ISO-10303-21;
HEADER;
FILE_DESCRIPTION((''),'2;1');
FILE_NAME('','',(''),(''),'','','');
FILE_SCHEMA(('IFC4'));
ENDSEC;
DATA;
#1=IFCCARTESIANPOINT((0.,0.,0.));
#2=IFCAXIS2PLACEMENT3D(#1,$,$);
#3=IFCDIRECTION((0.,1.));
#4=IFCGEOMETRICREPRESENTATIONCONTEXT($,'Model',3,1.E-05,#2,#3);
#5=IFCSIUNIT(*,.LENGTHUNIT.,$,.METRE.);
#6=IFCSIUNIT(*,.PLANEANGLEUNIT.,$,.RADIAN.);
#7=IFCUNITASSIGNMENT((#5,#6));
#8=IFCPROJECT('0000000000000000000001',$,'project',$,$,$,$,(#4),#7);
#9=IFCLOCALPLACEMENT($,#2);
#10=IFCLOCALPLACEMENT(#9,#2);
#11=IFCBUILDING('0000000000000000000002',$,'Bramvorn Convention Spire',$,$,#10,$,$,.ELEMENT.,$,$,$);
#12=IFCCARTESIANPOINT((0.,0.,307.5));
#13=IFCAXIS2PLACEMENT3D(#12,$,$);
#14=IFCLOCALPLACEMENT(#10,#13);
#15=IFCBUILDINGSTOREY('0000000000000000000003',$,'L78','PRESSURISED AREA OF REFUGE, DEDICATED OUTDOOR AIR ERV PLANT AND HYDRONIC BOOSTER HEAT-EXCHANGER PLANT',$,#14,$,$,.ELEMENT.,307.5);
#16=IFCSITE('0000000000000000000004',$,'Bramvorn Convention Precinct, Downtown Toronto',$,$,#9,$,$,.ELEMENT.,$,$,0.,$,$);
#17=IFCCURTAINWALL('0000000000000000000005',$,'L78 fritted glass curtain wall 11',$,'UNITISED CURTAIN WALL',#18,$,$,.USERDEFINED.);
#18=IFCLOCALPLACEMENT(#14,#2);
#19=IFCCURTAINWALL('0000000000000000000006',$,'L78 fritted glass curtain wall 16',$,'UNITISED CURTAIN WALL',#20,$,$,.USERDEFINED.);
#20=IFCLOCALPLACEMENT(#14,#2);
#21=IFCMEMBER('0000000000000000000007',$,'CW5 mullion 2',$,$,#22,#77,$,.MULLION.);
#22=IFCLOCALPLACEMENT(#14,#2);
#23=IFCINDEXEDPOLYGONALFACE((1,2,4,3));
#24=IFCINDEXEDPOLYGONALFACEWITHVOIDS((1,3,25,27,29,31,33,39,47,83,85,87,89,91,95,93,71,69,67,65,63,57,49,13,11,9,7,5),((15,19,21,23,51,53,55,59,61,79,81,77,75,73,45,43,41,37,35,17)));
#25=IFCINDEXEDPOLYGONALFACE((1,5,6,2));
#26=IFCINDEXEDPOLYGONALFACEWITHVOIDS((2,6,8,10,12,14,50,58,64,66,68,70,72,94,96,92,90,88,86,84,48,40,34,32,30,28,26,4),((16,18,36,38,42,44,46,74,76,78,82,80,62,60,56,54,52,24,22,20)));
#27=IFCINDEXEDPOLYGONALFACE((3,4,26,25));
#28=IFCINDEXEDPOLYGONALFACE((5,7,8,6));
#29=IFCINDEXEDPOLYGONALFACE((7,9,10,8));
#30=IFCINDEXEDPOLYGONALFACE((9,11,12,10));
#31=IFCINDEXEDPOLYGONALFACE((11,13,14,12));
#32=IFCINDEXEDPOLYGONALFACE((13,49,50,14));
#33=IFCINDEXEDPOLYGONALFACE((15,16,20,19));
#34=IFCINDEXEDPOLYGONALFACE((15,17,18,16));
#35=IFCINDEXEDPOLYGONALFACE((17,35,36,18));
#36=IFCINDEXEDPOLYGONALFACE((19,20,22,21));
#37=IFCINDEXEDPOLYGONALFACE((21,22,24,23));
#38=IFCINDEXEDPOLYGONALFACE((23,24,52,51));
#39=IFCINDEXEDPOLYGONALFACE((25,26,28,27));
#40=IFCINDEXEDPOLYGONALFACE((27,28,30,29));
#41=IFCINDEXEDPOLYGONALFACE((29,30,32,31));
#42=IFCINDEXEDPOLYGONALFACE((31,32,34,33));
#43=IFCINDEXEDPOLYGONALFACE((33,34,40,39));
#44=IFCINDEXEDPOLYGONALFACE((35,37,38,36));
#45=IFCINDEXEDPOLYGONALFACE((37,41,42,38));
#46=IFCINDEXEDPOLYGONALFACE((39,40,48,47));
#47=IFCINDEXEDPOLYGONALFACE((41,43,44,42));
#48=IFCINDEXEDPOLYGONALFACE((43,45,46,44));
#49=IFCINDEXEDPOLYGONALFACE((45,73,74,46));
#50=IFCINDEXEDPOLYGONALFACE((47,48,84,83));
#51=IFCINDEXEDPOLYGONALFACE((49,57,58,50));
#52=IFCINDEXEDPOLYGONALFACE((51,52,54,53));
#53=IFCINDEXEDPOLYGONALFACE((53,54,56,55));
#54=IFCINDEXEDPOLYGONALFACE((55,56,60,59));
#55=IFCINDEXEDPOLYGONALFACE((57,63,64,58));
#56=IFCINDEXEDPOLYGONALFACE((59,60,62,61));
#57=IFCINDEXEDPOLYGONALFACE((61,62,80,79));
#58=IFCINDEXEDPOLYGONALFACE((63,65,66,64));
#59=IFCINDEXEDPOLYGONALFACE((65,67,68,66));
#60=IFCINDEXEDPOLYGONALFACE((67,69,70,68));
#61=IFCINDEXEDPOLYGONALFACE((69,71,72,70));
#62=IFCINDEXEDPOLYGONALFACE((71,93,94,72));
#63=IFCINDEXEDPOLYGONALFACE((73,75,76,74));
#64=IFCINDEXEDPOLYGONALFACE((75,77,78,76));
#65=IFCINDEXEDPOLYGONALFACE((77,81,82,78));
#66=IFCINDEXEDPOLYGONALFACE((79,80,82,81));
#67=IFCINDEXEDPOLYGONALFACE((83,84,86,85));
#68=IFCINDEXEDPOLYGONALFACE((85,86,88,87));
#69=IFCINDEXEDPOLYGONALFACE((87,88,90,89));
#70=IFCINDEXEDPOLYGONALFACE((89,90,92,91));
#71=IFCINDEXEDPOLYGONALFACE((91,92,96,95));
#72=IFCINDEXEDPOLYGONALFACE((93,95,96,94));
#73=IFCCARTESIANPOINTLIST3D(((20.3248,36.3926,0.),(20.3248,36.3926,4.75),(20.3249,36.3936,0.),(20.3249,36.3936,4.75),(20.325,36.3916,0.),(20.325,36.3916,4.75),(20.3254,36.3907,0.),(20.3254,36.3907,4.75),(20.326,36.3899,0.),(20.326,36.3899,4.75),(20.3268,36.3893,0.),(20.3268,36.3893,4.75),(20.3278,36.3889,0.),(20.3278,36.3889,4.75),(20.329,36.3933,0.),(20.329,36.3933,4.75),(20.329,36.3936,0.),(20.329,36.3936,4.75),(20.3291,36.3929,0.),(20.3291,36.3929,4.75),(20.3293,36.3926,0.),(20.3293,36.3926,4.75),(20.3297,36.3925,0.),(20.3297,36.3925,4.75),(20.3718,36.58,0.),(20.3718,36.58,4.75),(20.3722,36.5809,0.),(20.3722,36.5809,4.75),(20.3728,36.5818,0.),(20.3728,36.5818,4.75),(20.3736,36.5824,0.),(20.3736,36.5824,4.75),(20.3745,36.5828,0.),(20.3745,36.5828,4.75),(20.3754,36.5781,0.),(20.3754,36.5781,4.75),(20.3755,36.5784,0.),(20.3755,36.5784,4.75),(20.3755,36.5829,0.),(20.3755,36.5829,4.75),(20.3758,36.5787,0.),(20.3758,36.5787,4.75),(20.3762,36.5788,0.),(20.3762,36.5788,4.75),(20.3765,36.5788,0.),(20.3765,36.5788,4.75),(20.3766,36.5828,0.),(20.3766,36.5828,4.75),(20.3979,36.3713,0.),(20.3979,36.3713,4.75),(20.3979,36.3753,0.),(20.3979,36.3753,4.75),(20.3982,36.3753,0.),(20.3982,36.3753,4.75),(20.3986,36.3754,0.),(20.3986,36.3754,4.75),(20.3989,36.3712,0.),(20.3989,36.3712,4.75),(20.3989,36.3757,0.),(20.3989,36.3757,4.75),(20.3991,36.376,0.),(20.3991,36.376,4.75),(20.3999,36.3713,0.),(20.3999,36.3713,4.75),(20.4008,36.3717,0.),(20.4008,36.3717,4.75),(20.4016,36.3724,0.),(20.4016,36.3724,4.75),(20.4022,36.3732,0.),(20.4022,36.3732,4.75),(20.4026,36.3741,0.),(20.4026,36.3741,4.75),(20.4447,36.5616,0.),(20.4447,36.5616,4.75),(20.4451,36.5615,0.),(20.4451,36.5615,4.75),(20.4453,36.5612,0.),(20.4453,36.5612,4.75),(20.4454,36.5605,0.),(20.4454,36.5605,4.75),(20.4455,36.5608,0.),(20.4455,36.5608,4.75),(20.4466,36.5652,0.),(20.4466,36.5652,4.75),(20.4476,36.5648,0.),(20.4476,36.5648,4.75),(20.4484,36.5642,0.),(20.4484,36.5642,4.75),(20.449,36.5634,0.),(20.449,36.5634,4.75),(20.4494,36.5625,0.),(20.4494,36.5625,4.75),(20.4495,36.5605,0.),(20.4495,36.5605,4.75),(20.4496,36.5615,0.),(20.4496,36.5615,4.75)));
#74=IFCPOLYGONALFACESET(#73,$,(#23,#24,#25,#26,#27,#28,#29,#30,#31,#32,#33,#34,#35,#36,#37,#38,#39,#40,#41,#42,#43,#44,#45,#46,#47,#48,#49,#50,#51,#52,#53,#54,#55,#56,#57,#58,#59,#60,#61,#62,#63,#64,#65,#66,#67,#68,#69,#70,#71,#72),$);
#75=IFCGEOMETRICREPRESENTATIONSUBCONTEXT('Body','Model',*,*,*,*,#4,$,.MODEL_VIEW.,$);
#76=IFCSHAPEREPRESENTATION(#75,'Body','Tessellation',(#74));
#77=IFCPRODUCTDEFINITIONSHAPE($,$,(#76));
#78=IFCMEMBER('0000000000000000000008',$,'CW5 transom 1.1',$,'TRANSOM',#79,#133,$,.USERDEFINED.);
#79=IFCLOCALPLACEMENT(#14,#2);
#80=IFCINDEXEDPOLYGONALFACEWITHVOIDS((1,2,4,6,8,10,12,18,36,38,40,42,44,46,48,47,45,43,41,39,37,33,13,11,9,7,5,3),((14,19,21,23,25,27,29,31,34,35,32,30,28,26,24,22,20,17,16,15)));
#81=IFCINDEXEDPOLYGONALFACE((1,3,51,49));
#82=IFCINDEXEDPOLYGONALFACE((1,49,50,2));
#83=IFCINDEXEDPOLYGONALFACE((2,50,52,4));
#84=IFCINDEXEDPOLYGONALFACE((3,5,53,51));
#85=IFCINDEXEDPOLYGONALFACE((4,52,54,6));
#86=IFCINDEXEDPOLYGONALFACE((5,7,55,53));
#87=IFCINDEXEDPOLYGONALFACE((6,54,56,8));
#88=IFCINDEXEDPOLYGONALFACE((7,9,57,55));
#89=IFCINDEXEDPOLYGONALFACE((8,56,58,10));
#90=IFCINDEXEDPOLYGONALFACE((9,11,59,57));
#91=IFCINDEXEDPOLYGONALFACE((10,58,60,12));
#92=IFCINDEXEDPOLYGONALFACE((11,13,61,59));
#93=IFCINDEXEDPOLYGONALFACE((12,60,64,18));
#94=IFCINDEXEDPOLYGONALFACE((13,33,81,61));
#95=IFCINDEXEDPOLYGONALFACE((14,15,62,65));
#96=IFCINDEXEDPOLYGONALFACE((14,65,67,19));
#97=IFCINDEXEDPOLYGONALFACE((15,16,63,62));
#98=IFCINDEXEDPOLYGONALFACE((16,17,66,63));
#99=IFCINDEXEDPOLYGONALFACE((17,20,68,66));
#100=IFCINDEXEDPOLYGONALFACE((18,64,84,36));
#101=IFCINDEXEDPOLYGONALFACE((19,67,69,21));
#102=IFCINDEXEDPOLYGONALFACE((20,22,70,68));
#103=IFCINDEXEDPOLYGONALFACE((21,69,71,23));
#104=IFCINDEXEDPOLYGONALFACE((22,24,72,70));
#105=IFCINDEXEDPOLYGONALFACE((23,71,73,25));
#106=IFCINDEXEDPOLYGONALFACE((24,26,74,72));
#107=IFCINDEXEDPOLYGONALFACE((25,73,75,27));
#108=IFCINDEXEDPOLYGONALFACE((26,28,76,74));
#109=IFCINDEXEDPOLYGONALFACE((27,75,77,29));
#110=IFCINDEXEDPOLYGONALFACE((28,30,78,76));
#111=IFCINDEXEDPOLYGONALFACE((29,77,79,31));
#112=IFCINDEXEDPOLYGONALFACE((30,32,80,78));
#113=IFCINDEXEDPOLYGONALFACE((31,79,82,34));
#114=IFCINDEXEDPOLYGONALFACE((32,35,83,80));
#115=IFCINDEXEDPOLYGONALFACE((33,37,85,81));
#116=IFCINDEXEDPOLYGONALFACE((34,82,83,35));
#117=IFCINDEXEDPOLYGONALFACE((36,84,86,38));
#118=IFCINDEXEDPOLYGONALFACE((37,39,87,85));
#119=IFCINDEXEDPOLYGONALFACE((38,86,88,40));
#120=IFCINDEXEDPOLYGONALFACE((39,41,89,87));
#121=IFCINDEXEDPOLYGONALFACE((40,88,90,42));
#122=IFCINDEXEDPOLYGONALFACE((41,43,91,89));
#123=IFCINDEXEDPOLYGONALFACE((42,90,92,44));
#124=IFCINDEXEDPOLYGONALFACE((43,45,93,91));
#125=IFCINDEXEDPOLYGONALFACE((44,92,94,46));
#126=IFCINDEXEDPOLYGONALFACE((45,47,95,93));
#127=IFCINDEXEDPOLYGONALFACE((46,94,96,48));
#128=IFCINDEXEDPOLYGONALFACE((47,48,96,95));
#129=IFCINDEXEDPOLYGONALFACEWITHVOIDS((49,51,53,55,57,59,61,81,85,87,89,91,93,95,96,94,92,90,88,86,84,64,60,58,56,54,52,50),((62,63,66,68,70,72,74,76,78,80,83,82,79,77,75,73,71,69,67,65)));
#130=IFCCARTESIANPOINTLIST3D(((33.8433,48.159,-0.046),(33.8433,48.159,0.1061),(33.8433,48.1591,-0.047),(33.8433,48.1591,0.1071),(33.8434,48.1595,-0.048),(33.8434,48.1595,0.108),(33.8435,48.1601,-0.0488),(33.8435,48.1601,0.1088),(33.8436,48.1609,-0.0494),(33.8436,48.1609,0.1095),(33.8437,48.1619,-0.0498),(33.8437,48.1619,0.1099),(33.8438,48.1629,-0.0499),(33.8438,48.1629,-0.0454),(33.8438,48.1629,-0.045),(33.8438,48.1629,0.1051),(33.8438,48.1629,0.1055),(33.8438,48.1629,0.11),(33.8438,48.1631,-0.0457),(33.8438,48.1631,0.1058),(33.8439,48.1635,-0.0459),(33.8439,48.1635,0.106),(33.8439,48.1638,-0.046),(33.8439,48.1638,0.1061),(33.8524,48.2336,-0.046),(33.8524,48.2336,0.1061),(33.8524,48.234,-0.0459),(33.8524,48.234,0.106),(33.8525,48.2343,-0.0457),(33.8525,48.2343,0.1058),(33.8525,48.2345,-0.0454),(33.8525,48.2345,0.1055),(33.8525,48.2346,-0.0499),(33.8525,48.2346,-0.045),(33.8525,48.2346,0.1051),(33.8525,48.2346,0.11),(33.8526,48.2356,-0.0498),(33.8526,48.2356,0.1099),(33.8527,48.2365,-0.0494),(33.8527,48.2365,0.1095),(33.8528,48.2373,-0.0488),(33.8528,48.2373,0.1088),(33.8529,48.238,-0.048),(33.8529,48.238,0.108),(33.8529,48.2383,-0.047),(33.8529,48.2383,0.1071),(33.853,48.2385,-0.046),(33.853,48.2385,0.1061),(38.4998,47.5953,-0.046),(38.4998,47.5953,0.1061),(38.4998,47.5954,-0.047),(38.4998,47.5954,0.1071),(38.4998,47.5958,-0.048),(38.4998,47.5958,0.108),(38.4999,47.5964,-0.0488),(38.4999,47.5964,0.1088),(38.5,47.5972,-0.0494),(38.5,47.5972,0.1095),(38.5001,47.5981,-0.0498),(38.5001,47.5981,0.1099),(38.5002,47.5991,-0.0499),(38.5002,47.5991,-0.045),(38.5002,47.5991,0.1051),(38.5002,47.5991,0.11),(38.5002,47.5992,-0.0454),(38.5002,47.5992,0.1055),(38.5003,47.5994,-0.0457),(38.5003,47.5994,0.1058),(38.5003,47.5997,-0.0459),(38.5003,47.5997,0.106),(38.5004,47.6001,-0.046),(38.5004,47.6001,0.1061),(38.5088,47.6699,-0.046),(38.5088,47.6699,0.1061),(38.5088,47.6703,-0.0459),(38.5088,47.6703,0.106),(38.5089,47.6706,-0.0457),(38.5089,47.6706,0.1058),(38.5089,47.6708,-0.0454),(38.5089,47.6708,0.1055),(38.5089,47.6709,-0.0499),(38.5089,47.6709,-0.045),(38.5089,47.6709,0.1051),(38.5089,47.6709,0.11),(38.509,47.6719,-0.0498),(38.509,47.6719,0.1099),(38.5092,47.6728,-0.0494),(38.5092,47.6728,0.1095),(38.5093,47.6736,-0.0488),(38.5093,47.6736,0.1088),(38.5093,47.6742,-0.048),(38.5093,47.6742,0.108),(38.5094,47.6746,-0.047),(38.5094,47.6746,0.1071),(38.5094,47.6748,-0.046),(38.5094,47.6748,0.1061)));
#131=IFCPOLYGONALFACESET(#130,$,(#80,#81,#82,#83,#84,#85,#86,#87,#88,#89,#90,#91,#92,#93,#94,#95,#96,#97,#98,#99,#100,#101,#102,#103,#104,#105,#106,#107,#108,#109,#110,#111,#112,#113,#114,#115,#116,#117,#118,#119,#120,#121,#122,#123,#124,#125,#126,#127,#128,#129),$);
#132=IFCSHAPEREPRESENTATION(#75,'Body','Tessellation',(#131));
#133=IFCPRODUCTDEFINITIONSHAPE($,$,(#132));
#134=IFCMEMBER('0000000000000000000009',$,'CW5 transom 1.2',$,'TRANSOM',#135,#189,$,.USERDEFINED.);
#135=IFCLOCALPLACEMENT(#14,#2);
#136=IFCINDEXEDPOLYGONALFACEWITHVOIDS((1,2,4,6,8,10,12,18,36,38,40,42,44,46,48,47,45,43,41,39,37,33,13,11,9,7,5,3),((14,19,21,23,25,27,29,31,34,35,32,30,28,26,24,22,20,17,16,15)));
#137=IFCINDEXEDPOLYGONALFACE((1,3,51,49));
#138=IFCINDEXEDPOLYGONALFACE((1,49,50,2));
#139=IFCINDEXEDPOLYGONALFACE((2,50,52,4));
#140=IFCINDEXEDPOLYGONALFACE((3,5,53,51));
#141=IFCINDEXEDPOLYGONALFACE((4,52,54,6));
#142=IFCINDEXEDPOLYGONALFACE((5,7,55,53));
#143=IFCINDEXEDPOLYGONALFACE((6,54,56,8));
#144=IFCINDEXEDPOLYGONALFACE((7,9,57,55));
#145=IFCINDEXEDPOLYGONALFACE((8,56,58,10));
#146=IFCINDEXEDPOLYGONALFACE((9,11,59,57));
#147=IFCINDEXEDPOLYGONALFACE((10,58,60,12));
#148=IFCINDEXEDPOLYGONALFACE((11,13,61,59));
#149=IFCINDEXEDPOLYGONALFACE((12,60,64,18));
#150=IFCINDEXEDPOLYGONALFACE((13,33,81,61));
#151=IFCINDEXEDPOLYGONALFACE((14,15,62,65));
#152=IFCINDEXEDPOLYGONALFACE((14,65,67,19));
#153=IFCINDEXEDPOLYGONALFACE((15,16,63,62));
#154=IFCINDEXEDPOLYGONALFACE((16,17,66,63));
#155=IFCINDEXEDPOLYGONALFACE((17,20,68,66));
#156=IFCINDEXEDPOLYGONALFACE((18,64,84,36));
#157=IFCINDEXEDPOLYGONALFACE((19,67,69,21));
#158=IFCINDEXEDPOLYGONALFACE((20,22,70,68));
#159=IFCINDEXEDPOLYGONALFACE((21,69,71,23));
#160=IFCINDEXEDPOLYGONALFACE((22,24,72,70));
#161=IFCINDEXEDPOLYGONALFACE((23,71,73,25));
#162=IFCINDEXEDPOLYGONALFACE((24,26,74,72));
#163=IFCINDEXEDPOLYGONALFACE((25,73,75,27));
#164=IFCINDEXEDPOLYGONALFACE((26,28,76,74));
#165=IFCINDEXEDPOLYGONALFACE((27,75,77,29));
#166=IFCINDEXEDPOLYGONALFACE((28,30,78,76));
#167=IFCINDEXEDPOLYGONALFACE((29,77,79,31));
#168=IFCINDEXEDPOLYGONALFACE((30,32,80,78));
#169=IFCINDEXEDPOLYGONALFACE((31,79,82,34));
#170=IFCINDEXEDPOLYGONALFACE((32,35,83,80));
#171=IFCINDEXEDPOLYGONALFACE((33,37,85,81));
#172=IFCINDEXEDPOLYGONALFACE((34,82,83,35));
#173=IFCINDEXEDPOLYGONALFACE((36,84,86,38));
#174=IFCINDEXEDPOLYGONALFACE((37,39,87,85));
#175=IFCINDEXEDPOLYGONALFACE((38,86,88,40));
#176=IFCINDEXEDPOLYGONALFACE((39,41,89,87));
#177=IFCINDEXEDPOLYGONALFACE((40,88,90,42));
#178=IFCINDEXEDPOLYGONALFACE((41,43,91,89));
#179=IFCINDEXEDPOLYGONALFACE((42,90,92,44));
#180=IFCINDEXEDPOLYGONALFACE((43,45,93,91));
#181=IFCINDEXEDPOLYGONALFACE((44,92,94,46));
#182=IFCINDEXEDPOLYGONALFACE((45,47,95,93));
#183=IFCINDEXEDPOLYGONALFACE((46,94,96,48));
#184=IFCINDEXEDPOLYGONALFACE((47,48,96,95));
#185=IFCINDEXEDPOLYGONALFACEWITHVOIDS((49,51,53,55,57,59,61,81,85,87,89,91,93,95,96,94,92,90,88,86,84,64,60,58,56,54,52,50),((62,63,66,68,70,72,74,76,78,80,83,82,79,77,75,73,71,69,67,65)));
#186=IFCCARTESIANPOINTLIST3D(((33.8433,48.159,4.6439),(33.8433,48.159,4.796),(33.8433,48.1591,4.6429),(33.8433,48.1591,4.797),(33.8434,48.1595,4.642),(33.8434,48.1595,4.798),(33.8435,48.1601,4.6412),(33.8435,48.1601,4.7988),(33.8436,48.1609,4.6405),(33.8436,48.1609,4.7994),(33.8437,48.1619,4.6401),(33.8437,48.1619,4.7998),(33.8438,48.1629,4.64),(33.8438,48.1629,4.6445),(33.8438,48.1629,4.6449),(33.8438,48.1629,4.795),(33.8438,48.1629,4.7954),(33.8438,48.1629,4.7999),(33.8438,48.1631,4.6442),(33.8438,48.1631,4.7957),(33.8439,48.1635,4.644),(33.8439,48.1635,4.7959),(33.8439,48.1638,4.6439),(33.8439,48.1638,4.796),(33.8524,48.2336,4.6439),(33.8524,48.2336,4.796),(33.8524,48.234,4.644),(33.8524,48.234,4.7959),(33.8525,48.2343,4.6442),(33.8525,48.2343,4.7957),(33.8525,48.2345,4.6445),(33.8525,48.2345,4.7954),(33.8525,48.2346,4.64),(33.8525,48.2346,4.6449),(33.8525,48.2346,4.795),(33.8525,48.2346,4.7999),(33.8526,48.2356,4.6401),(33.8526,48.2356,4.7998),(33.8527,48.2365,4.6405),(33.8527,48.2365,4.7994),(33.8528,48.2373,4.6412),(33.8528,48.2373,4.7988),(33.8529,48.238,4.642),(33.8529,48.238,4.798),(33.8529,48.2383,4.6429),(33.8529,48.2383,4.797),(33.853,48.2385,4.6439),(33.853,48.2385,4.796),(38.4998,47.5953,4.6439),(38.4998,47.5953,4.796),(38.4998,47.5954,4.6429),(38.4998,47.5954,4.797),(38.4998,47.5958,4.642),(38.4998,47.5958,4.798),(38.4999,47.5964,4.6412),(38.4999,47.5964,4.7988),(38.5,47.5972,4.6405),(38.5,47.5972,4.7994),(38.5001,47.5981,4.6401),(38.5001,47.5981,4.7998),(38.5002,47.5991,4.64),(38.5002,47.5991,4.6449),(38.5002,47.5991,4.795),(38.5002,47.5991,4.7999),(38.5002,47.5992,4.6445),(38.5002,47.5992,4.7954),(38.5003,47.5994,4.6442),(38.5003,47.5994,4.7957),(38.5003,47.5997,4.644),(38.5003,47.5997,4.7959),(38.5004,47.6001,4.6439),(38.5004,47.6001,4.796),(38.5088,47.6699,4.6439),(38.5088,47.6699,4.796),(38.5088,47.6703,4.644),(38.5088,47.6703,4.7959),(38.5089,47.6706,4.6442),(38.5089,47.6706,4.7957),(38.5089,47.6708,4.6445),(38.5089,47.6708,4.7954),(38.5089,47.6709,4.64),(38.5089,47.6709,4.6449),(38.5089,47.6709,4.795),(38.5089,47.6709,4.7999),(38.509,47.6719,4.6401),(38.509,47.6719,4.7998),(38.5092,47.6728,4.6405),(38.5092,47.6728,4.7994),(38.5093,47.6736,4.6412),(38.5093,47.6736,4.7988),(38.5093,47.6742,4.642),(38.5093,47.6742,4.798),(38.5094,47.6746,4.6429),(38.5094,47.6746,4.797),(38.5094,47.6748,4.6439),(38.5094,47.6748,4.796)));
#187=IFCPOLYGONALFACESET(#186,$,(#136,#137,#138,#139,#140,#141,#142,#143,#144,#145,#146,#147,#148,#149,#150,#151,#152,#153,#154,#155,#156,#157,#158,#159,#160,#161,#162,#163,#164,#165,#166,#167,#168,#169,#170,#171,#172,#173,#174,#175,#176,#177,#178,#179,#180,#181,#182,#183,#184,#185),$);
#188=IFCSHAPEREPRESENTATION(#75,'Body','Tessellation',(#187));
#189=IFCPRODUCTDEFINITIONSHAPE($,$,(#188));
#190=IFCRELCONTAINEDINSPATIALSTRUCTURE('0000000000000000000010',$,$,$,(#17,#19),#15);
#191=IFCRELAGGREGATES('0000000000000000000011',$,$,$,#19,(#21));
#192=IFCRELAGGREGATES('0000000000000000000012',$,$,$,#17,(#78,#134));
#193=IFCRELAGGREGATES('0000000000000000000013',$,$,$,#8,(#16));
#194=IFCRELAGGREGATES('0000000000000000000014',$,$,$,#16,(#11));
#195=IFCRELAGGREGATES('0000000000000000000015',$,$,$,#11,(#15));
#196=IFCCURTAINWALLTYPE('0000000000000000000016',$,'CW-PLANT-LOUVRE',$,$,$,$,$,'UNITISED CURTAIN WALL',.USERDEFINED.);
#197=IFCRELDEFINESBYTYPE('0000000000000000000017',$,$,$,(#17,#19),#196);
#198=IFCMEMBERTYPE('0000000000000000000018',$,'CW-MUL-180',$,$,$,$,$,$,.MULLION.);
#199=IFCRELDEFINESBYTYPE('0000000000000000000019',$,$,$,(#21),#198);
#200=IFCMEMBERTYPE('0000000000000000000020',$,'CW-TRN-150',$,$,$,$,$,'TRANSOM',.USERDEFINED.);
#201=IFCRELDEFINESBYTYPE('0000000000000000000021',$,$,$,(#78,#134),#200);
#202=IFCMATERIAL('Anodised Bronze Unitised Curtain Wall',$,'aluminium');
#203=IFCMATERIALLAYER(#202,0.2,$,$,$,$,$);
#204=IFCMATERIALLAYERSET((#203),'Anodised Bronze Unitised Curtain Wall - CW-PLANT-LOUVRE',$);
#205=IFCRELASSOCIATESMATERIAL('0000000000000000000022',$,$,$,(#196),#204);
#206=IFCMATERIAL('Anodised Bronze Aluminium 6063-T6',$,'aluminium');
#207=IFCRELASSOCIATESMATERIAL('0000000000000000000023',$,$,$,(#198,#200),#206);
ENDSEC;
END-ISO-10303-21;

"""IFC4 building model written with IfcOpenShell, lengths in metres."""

from ifc_helpers import new_model, si_unit, direction, frame, origin, origin_2d, place, context, subcontext, project, spatial, hollow_rectangle, extrude, material, layer, layer_set, material_profile, profile_set, type_object, element, aggregate, save


model = new_model("IFC4")

# Units and contexts
model_context = context("Model", 3, precision=1e-05, world=origin(), true_north=direction((0.0, 1.0)))
body_context = subcontext(model_context, "Body", "Model", "MODEL_VIEW")
ifc_project = project(units=[si_unit("LENGTHUNIT", "METRE"), si_unit("PLANEANGLEUNIT", "RADIAN")], contexts=[model_context])

# Site, building, storey
site_placement = place(None, origin())
site = spatial("IfcSite", under=ifc_project, at=site_placement, Name="Bramvorn Convention Precinct, Downtown Toronto", CompositionType="ELEMENT", RefElevation=0.0)
building_placement = place(site_placement, origin())
building = spatial("IfcBuilding", under=site, at=building_placement, Name="Bramvorn Convention Spire", CompositionType="ELEMENT")
storey_placement = place(building_placement, frame((0.0, 0.0, 307.5)))
storey = spatial("IfcBuildingStorey", under=building, at=storey_placement, Name="L78", Description="PRESSURISED AREA OF REFUGE, DEDICATED OUTDOOR AIR ERV PLANT AND HYDRONIC BOOSTER HEAT-EXCHANGER PLANT", CompositionType="ELEMENT", Elevation=307.5)

# Curtain wall
ifc_material_1 = material(Name="Anodised Bronze Unitised Curtain Wall", Category="aluminium")
ifc_layer_1 = layer(ifc_material_1, 0.2)
ifc_layer_set_1 = layer_set([ifc_layer_1], Name="Anodised Bronze Unitised Curtain Wall - CW-PLANT-LOUVRE")
curtain_wall_type = type_object("IfcCurtainWallType", Name="CW-PLANT-LOUVRE", ElementType="UNITISED CURTAIN WALL", PredefinedType="USERDEFINED", material=ifc_layer_set_1)
curtain_wall_1_placement = place(storey_placement, origin())
curtain_wall_1 = element("IfcCurtainWall", 1, at=curtain_wall_1_placement, inside=storey, type_object=curtain_wall_type, Name="L78 fritted glass curtain wall 11", ObjectType="UNITISED CURTAIN WALL", PredefinedType="USERDEFINED")
ifc_material_2 = material(Name="Anodised Bronze Aluminium 6063-T6", Category="aluminium")
ifc_material_profile_1 = material_profile(ifc_material_2, hollow_rectangle(XDim=0.0801, YDim=0.2, WallThickness=0.0039, InnerFilletRadius=0.001, OuterFilletRadius=0.0039, at=origin_2d()))
ifc_profile_set_1 = profile_set([ifc_material_profile_1], Name="Anodised Bronze Aluminium 6063-T6 - CWM80X200")
member_type_1 = type_object("IfcMemberType", Name="CW-MUL-180", PredefinedType="MULLION", material=ifc_profile_set_1)

# Curtain wall, member
curtain_wall_2_placement = place(storey_placement, origin())
curtain_wall_2 = element("IfcCurtainWall", 2, at=curtain_wall_2_placement, inside=storey, type_object=curtain_wall_type, Name="L78 fritted glass curtain wall 16", ObjectType="UNITISED CURTAIN WALL", PredefinedType="USERDEFINED")
member_1_placement = place(storey_placement, frame((20.3872, 36.4771, 0.0), z_axis=(0.0, 0.0, 1.0), x_axis=(-0.969797, 0.243912, 0.0)))
member_1 = element("IfcMember", 3, at=member_1_placement, type_object=member_type_1, Name="CW5 mullion 2", PredefinedType="MULLION", context=body_context, shape_type="SweptSolid", body=[
    extrude(hollow_rectangle(XDim=0.0801, YDim=0.2, WallThickness=0.0039, InnerFilletRadius=0.001, OuterFilletRadius=0.0039, at=origin_2d()), origin(), (0.0, 0.0, 1.0), 4.75),
])
aggregate(curtain_wall_2, [member_1])

# Members
ifc_material_profile_2 = material_profile(ifc_material_2, hollow_rectangle(XDim=0.0801, YDim=0.1599, WallThickness=0.0039, InnerFilletRadius=0.001, OuterFilletRadius=0.0039, at=origin_2d()))
ifc_profile_set_2 = profile_set([ifc_material_profile_2], Name="Anodised Bronze Aluminium 6063-T6 - CWT80X160")
member_type_2 = type_object("IfcMemberType", Name="CW-TRN-150", ElementType="TRANSOM", PredefinedType="USERDEFINED", material=ifc_profile_set_2)
member_2_placement = place(storey_placement, frame((33.8481, 48.1987, 0.03), z_axis=(0.992752, -0.120184, 0.0), x_axis=(0.120184, 0.992752, 0.0)))
member_2 = element("IfcMember", 4, at=member_2_placement, type_object=member_type_2, Name="CW5 transom 1.1", ObjectType="TRANSOM", PredefinedType="USERDEFINED", context=body_context, shape_type="SweptSolid", body=[
    extrude(hollow_rectangle(XDim=0.0801, YDim=0.1599, WallThickness=0.0039, InnerFilletRadius=0.001, OuterFilletRadius=0.0039, at=origin_2d()), origin(), (0.0, 0.0, 1.0), 4.6904),
])
member_3_placement = place(storey_placement, frame((33.8481, 48.1987, 4.72), z_axis=(0.992752, -0.120184, 0.0), x_axis=(0.120184, 0.992752, 0.0)))
member_3 = element("IfcMember", 5, at=member_3_placement, type_object=member_type_2, Name="CW5 transom 1.2", ObjectType="TRANSOM", PredefinedType="USERDEFINED", context=body_context, shape_type="SweptSolid", body=[
    extrude(hollow_rectangle(XDim=0.0801, YDim=0.1599, WallThickness=0.0039, InnerFilletRadius=0.001, OuterFilletRadius=0.0039, at=origin_2d()), origin(), (0.0, 0.0, 1.0), 4.6904),
])
aggregate(curtain_wall_1, [member_2, member_3])

save(model, "model.ifc")
